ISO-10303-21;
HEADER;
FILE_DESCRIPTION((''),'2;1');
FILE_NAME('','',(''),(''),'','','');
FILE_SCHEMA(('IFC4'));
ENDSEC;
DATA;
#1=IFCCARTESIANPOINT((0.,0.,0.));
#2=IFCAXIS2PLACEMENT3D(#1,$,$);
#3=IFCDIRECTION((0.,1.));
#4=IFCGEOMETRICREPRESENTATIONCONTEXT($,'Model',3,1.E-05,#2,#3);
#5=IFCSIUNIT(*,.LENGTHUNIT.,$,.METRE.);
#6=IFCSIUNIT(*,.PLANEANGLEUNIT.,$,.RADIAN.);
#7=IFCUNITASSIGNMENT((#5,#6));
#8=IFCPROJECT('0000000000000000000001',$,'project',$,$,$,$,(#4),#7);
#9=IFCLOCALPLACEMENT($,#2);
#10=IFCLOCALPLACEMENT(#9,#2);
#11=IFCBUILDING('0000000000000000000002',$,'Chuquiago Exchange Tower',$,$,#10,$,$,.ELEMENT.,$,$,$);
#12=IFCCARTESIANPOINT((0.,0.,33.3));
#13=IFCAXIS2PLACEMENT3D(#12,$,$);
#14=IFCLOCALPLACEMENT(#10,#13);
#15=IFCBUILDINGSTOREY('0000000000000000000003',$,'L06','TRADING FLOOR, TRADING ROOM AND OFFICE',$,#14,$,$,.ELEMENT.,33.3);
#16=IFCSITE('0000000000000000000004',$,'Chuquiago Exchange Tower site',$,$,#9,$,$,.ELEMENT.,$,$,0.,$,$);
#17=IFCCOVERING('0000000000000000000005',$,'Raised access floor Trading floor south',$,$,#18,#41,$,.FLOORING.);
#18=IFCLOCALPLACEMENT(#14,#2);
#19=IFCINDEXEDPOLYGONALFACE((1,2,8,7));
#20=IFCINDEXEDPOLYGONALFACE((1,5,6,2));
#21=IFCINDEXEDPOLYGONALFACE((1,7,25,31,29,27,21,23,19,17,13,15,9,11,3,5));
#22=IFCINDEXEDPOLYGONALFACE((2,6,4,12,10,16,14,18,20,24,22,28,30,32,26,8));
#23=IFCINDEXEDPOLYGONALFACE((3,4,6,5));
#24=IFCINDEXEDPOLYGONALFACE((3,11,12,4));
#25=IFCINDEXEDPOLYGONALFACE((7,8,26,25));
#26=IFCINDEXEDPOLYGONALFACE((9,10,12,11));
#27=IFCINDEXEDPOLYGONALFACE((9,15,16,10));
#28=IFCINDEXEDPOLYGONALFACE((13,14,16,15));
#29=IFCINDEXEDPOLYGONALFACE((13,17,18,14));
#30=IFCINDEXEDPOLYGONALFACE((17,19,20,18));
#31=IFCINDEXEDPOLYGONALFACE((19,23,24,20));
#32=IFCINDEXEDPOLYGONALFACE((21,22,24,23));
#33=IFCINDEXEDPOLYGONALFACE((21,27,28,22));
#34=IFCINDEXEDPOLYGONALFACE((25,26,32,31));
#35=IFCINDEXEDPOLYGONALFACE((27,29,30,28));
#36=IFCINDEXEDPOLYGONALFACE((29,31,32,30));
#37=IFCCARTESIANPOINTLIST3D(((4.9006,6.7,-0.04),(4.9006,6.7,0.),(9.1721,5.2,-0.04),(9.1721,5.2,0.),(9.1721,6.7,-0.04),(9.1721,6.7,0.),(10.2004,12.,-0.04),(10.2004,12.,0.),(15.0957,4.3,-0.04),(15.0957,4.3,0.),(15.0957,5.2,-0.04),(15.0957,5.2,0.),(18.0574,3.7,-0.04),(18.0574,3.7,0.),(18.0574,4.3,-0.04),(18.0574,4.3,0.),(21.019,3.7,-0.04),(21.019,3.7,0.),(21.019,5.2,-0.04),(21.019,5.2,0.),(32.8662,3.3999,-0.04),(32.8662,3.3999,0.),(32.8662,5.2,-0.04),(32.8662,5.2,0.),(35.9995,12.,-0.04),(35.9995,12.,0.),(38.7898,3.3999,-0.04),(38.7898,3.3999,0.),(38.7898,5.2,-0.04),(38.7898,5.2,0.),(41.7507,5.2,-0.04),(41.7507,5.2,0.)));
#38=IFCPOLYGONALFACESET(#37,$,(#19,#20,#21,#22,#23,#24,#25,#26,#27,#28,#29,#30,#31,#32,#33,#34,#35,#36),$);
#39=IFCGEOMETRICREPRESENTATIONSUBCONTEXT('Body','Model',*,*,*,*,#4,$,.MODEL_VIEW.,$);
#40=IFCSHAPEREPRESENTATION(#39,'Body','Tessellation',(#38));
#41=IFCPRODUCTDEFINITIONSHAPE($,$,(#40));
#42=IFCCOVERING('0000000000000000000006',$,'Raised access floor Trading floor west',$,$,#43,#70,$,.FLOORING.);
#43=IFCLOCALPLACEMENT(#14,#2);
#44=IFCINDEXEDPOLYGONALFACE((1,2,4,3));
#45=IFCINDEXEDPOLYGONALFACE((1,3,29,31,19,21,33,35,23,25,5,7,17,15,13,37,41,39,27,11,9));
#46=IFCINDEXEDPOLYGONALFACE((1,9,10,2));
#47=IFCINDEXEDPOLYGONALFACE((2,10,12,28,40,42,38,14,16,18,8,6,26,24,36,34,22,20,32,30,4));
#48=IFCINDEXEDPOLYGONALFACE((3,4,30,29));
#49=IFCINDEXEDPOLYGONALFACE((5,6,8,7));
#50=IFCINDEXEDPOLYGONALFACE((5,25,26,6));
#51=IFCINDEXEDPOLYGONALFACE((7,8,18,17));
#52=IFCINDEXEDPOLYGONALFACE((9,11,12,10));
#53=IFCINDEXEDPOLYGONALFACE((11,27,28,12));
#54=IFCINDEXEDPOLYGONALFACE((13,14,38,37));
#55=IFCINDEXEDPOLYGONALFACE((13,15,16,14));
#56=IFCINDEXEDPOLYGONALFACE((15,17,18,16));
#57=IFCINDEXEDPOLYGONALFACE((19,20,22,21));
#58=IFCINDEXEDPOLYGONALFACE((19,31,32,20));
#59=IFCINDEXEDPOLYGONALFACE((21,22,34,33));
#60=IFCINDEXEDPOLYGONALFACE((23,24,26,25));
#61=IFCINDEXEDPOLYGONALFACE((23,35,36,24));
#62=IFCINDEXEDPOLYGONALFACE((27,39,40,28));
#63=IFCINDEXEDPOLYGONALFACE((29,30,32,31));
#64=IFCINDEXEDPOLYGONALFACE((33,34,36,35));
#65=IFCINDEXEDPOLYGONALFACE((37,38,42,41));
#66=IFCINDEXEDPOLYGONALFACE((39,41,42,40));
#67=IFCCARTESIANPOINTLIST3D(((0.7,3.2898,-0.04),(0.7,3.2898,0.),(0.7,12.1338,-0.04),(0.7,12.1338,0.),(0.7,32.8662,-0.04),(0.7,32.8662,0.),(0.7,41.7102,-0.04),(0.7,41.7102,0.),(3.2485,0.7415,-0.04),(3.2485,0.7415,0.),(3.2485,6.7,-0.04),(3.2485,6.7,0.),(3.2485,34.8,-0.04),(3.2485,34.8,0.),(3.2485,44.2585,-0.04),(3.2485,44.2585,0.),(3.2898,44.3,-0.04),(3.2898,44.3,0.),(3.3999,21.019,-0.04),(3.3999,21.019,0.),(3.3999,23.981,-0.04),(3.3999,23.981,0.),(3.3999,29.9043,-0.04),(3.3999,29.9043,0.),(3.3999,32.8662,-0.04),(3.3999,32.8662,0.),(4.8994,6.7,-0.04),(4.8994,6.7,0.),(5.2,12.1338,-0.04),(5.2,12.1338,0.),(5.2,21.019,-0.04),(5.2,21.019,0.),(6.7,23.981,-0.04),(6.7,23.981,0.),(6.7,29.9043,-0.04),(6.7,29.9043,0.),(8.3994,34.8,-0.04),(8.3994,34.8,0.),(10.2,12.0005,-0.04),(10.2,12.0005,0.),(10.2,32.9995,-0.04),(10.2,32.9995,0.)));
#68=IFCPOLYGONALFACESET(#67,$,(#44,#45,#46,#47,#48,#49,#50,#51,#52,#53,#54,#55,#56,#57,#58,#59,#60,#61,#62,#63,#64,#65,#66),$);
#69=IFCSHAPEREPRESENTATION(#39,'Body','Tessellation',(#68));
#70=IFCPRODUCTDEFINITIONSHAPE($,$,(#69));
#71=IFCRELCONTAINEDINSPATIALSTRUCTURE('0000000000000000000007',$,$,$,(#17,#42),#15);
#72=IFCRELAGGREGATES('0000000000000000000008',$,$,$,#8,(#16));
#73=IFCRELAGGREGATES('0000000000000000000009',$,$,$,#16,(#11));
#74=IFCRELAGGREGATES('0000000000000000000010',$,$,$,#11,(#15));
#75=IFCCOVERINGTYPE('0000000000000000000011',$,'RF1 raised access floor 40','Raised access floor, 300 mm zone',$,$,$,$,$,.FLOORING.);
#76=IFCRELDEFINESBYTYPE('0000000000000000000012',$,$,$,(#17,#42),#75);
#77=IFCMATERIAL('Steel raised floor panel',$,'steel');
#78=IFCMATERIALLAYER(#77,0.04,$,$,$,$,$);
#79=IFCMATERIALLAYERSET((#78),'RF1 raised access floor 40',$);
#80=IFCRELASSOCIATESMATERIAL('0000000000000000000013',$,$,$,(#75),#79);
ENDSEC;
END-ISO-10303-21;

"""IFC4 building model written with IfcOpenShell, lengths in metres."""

from ifc_helpers import new_model, si_unit, direction, frame, origin, place, context, subcontext, project, spatial, polyline, outline, extrude, material, layer, layer_set, type_object, element, save


model = new_model("IFC4")

# Units and contexts
model_context = context("Model", 3, precision=1e-05, world=origin(), true_north=direction((0.0, 1.0)))
body_context = subcontext(model_context, "Body", "Model", "MODEL_VIEW")
ifc_project = project(units=[si_unit("LENGTHUNIT", "METRE"), si_unit("PLANEANGLEUNIT", "RADIAN")], contexts=[model_context])

# Site, building, storey
site_placement = place(None, origin())
site = spatial("IfcSite", under=ifc_project, at=site_placement, Name="Chuquiago Exchange Tower site", CompositionType="ELEMENT", RefElevation=0.0)
building_placement = place(site_placement, origin())
building = spatial("IfcBuilding", under=site, at=building_placement, Name="Chuquiago Exchange Tower", CompositionType="ELEMENT")
storey_placement = place(building_placement, frame((0.0, 0.0, 33.3)))
storey = spatial("IfcBuildingStorey", under=building, at=storey_placement, Name="L06", Description="TRADING FLOOR, TRADING ROOM AND OFFICE", CompositionType="ELEMENT", Elevation=33.3)

# Coverings
ifc_material_1 = material(Name="Steel raised floor panel", Category="steel")
ifc_layer_1 = layer(ifc_material_1, 0.04)
ifc_layer_set_1 = layer_set([ifc_layer_1], Name="RF1 raised access floor 40")
covering_type_1 = type_object("IfcCoveringType", Name="RF1 raised access floor 40", Description="Raised access floor, 300 mm zone", PredefinedType="FLOORING", material=ifc_layer_set_1)
covering_1_placement = place(storey_placement, frame((0.0, 0.0, -0.04)))
element("IfcCovering", 1, at=covering_1_placement, inside=storey, type_object=covering_type_1, Name="Raised access floor Trading floor south", PredefinedType="FLOORING", context=body_context, shape_type="SweptSolid", body=[
    extrude(outline(polyline([(38.7898, 5.2), (38.7898, 3.3999), (32.8662, 3.3999), (32.8662, 5.2), (21.019, 5.2), (21.019, 3.7), (18.0574, 3.7), (18.0574, 4.3), (15.0957, 4.3), (15.0957, 5.2), (9.1721, 5.2), (9.1721, 6.7), (4.9006, 6.7), (10.2004, 12.0), (35.9995, 12.0), (41.7507, 5.2), (38.7898, 5.2)])), origin(), (0.0, 0.0, 1.0), 0.04),
])
covering_2_placement = place(storey_placement, frame((0.0, 0.0, -0.04)))
element("IfcCovering", 2, at=covering_2_placement, inside=storey, type_object=covering_type_1, Name="Raised access floor Trading floor west", PredefinedType="FLOORING", context=body_context, shape_type="SweptSolid", body=[
    extrude(outline(polyline([(5.2, 12.1338), (5.2, 21.019), (3.3999, 21.019), (3.3999, 23.981), (6.7, 23.981), (6.7, 29.9043), (3.3999, 29.9043), (3.3999, 32.8662), (0.7, 32.8662), (0.7, 41.7102), (3.2898, 44.3), (3.2485, 44.2585), (3.2485, 34.8), (8.3994, 34.8), (10.2, 32.9995), (10.2, 12.0005), (4.8994, 6.7), (3.2485, 6.7), (3.2485, 0.7415), (0.7, 3.2898), (0.7, 12.1338), (5.2, 12.1338)])), origin(), (0.0, 0.0, 1.0), 0.04),
])

save(model, "model.ifc")
